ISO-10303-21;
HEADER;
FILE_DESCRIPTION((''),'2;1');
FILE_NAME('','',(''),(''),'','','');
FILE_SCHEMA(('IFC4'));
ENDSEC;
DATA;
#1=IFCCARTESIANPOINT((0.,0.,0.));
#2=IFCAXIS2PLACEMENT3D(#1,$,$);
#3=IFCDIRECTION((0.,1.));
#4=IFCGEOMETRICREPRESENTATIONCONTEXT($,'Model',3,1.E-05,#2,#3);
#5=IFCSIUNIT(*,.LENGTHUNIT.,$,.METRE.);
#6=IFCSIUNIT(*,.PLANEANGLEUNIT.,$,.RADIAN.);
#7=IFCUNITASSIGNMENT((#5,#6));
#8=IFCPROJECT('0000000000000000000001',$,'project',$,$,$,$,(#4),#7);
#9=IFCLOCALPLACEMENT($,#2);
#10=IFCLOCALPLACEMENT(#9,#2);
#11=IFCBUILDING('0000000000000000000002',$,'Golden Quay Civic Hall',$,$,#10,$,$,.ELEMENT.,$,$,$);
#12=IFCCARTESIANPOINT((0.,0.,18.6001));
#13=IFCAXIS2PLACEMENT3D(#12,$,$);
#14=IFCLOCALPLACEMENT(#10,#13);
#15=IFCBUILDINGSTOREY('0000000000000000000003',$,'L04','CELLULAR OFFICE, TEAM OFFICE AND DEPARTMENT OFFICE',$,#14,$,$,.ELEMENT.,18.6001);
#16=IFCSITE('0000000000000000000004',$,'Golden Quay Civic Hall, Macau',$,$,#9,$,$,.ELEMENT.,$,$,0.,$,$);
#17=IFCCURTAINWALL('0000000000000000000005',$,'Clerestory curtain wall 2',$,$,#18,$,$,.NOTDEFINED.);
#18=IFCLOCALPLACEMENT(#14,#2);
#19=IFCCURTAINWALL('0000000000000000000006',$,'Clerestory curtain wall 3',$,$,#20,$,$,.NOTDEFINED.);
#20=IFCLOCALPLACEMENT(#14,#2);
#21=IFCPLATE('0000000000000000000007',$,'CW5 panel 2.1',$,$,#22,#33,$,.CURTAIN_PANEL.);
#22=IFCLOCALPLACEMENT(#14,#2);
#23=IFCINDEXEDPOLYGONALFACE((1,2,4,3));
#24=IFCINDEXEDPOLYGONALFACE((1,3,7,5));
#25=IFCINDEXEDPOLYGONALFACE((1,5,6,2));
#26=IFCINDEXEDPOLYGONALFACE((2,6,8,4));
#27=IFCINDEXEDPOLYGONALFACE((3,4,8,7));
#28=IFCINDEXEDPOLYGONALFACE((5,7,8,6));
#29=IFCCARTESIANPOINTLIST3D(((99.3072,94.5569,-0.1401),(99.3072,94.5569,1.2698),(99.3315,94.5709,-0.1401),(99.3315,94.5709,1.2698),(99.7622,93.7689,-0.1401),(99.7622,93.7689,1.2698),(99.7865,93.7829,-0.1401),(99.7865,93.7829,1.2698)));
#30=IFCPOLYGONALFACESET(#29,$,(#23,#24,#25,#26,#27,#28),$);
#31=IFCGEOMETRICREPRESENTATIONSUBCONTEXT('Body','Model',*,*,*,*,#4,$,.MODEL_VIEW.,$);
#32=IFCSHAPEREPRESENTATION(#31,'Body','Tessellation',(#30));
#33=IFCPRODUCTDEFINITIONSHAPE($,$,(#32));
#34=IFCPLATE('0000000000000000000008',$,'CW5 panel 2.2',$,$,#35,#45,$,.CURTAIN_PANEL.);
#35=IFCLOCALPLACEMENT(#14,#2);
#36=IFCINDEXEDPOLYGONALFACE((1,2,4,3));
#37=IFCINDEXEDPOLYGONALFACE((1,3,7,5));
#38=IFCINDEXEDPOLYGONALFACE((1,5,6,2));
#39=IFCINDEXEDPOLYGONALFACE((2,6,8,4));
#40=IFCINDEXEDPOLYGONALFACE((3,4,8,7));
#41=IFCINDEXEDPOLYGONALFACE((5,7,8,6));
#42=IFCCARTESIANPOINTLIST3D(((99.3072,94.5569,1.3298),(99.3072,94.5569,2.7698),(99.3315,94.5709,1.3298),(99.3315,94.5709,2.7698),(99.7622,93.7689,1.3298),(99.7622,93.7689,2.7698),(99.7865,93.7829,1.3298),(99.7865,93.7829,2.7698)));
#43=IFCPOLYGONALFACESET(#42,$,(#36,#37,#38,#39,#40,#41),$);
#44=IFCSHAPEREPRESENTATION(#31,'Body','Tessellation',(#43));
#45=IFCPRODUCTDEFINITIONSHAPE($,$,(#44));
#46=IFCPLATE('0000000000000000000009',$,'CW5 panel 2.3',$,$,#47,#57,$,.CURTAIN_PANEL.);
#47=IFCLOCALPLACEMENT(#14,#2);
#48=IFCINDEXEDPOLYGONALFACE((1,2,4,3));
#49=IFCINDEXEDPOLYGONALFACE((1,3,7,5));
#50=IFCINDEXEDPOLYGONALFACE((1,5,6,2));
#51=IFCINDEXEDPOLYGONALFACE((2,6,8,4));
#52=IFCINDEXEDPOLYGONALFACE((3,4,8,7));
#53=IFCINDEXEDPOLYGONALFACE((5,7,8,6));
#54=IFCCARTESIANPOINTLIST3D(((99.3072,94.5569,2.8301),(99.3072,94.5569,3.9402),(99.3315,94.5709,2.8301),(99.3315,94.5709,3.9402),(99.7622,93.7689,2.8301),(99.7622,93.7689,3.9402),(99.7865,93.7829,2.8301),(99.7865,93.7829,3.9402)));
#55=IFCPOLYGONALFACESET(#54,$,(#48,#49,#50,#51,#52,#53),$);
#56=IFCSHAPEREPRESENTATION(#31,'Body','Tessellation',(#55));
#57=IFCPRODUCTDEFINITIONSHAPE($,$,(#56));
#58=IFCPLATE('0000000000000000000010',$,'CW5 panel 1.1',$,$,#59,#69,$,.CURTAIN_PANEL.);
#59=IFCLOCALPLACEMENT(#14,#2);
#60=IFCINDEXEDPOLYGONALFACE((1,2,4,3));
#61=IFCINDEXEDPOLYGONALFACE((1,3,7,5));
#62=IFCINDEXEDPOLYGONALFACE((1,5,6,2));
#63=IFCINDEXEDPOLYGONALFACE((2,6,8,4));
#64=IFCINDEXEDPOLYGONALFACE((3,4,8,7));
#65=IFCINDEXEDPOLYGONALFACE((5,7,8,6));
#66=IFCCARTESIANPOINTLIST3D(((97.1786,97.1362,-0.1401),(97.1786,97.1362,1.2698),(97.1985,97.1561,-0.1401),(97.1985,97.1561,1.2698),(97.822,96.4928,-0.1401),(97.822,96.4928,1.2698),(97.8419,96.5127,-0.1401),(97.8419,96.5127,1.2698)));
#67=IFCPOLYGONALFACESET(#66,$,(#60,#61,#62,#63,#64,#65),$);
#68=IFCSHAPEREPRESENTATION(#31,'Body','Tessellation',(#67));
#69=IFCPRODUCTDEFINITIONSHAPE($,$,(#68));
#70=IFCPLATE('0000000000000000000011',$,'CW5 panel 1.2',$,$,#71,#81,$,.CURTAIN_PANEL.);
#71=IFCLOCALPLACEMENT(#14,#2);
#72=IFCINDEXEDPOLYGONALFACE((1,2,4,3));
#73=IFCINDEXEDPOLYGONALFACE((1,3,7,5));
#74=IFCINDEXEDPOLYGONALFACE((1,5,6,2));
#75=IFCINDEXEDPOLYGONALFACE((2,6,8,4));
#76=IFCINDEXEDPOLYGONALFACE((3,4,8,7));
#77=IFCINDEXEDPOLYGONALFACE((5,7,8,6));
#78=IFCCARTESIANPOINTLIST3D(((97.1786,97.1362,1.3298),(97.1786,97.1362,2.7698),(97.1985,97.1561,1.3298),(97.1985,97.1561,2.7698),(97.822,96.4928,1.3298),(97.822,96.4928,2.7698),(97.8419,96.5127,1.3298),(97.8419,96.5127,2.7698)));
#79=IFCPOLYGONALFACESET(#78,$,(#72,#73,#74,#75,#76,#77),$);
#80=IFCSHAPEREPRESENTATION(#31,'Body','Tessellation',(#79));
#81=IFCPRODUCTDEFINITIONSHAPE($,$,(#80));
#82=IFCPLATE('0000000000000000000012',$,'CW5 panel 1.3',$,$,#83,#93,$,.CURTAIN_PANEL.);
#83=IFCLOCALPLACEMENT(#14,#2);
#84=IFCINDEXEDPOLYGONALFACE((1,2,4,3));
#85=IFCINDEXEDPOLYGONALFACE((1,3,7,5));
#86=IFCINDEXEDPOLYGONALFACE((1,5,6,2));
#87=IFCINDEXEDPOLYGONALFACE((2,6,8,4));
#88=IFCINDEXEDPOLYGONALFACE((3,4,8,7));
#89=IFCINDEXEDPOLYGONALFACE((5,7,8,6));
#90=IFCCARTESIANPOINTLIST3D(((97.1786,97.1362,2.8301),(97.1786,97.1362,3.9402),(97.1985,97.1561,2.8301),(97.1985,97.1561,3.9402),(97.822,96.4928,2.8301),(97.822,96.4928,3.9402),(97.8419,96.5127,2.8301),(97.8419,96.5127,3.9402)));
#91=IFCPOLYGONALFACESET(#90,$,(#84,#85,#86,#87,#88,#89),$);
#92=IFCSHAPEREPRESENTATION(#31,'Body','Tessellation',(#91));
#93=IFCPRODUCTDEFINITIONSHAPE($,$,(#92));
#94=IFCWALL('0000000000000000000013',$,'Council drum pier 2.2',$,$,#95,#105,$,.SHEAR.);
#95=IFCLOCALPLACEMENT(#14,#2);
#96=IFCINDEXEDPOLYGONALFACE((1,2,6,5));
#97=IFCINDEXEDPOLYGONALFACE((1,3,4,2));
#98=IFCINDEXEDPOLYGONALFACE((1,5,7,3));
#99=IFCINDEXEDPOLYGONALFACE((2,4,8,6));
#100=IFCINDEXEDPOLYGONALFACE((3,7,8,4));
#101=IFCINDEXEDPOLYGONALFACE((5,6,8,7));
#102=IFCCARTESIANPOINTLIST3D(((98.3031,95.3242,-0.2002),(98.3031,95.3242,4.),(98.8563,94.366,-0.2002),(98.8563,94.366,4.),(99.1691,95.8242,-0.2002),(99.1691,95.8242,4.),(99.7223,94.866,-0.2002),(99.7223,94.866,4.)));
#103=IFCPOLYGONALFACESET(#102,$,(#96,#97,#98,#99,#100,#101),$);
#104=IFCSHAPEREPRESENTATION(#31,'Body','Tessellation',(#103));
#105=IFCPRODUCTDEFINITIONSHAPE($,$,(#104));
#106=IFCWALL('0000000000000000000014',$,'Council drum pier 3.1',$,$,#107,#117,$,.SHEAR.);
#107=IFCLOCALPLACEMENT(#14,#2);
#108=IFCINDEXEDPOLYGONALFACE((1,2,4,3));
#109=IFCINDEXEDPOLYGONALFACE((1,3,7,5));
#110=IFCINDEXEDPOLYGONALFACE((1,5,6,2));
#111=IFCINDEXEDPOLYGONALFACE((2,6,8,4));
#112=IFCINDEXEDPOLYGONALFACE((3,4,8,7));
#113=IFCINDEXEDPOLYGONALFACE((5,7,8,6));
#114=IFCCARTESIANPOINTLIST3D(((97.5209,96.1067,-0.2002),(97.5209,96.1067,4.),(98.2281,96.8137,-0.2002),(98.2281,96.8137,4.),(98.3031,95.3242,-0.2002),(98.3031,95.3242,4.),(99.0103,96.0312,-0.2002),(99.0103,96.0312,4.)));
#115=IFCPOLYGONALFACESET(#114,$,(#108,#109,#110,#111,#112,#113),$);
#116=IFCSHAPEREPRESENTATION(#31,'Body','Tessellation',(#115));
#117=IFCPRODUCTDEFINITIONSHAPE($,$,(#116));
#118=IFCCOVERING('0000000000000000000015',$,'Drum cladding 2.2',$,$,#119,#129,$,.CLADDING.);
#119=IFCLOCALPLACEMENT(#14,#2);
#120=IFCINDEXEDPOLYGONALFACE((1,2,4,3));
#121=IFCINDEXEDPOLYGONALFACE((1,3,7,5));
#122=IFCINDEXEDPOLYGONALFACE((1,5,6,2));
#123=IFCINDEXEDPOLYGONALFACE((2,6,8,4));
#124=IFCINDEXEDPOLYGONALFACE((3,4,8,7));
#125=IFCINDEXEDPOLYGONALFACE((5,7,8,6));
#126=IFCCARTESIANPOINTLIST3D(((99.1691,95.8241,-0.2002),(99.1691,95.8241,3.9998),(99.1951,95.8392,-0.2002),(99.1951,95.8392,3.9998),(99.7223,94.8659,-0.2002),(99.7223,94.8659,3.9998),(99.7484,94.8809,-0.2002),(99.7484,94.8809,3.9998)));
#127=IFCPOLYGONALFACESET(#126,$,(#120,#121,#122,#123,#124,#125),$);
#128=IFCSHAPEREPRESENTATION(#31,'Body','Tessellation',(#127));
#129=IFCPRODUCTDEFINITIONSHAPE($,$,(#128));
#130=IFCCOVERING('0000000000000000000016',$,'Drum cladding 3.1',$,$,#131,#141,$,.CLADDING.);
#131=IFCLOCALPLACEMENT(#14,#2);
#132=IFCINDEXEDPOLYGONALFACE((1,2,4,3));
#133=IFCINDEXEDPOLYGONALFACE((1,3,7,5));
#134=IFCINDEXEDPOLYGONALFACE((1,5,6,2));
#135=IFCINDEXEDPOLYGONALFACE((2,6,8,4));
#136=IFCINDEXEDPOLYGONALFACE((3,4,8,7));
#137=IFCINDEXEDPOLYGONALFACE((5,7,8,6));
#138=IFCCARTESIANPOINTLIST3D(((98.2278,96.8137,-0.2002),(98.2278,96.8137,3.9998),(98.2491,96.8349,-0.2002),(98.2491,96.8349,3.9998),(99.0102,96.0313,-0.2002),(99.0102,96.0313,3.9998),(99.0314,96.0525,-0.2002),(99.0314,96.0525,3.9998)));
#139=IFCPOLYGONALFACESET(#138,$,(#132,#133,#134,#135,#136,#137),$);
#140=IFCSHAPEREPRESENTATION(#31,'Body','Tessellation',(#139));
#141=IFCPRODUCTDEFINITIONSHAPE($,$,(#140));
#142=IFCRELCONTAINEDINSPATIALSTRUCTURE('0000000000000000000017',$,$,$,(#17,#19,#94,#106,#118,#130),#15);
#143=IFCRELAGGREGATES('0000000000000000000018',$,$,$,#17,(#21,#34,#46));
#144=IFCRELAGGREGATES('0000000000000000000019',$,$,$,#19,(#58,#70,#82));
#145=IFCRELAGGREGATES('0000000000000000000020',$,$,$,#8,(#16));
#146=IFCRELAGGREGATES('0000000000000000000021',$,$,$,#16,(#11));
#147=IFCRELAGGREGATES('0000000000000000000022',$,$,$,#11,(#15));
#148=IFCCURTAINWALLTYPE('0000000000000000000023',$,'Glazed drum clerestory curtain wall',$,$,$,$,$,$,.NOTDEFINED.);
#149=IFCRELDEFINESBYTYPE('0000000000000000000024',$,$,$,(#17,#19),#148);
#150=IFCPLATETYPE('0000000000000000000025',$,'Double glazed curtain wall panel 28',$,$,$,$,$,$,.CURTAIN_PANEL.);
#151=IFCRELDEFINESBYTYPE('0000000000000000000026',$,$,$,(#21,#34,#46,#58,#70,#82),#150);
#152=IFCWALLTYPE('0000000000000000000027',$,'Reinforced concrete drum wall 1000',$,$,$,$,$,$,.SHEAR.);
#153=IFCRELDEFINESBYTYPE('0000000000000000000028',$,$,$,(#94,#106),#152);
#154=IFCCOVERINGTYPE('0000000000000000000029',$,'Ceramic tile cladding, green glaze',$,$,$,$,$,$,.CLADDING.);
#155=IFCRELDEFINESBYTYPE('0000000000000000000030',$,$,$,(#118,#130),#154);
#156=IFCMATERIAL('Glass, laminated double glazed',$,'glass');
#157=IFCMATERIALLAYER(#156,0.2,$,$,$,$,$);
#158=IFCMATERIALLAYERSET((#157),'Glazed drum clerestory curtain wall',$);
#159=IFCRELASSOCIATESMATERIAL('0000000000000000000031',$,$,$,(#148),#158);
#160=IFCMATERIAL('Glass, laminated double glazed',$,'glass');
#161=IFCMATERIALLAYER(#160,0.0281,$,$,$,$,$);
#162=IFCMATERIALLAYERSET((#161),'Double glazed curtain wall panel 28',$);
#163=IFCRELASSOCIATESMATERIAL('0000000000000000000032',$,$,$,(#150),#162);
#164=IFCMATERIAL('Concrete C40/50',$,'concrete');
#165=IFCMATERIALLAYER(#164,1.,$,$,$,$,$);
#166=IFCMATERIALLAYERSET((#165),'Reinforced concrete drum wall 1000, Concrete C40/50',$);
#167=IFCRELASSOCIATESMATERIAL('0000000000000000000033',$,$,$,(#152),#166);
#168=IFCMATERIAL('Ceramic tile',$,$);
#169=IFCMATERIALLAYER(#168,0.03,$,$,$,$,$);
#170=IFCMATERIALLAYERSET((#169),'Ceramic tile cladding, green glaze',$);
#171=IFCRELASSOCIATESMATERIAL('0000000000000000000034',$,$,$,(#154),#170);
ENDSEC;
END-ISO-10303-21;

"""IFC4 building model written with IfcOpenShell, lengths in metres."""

from ifc_helpers import new_model, si_unit, direction, frame, frame_2d, origin, origin_2d, place, context, subcontext, project, spatial, rectangle, extrude, material, layer, layer_set, type_object, element, aggregate, save


model = new_model("IFC4")

# Units and contexts
model_context = context("Model", 3, precision=1e-05, world=origin(), true_north=direction((0.0, 1.0)))
body_context = subcontext(model_context, "Body", "Model", "MODEL_VIEW")
ifc_project = project(units=[si_unit("LENGTHUNIT", "METRE"), si_unit("PLANEANGLEUNIT", "RADIAN")], contexts=[model_context])

# Site, building, storey
site_placement = place(None, origin())
site = spatial("IfcSite", under=ifc_project, at=site_placement, Name="Golden Quay Civic Hall, Macau", CompositionType="ELEMENT", RefElevation=0.0)
building_placement = place(site_placement, origin())
building = spatial("IfcBuilding", under=site, at=building_placement, Name="Golden Quay Civic Hall", CompositionType="ELEMENT")
storey_placement = place(building_placement, frame((0.0, 0.0, 18.6001)))
storey = spatial("IfcBuildingStorey", under=building, at=storey_placement, Name="L04", Description="CELLULAR OFFICE, TEAM OFFICE AND DEPARTMENT OFFICE", CompositionType="ELEMENT", Elevation=18.6001)

# Curtain wall
ifc_material_1 = material(Name="Glass, laminated double glazed", Category="glass")
ifc_layer_1 = layer(ifc_material_1, 0.2)
ifc_layer_set_1 = layer_set([ifc_layer_1], Name="Glazed drum clerestory curtain wall")
curtain_wall_type = type_object("IfcCurtainWallType", Name="Glazed drum clerestory curtain wall", PredefinedType="NOTDEFINED", material=ifc_layer_set_1)
curtain_wall_1_placement = place(storey_placement, origin())
curtain_wall_1 = element("IfcCurtainWall", 1, at=curtain_wall_1_placement, inside=storey, type_object=curtain_wall_type, Name="Clerestory curtain wall 2", PredefinedType="NOTDEFINED")

# Curtain wall
curtain_wall_2_placement = place(storey_placement, origin())
curtain_wall_2 = element("IfcCurtainWall", 2, at=curtain_wall_2_placement, inside=storey, type_object=curtain_wall_type, Name="Clerestory curtain wall 3", PredefinedType="NOTDEFINED")

# Plates
ifc_material_2 = material(Name="Glass, laminated double glazed", Category="glass")
ifc_layer_2 = layer(ifc_material_2, 0.0281)
ifc_layer_set_2 = layer_set([ifc_layer_2], Name="Double glazed curtain wall panel 28")
plate_type = type_object("IfcPlateType", Name="Double glazed curtain wall panel 28", PredefinedType="CURTAIN_PANEL", material=ifc_layer_set_2)
plate_1_placement = place(storey_placement, frame((99.5469, 94.1699, -0.1401), z_axis=(0.0, 0.0, 1.0), x_axis=(-0.500011, 0.866019, 0.0)))
plate_1 = element("IfcPlate", 3, at=plate_1_placement, type_object=plate_type, Name="CW5 panel 2.1", PredefinedType="CURTAIN_PANEL", context=body_context, shape_type="SweptSolid", body=[
    extrude(rectangle(XDim=0.9099, YDim=0.0281, at=origin_2d()), origin(), (0.0, 0.0, 1.0), 1.4099),
])
plate_2_placement = place(storey_placement, frame((99.5469, 94.1699, 1.3298), z_axis=(0.0, 0.0, 1.0), x_axis=(-0.500011, 0.866019, 0.0)))
plate_2 = element("IfcPlate", 4, at=plate_2_placement, type_object=plate_type, Name="CW5 panel 2.2", PredefinedType="CURTAIN_PANEL", context=body_context, shape_type="SweptSolid", body=[
    extrude(rectangle(XDim=0.9099, YDim=0.0281, at=origin_2d()), origin(), (0.0, 0.0, 1.0), 1.4399),
])
plate_3_placement = place(storey_placement, frame((99.5469, 94.1699, 2.8301), z_axis=(0.0, 0.0, 1.0), x_axis=(-0.500011, 0.866019, 0.0)))
plate_3 = element("IfcPlate", 5, at=plate_3_placement, type_object=plate_type, Name="CW5 panel 2.3", PredefinedType="CURTAIN_PANEL", context=body_context, shape_type="SweptSolid", body=[
    extrude(rectangle(XDim=0.9099, YDim=0.0281, at=origin_2d()), origin(), (0.0, 0.0, 1.0), 1.1101),
])
aggregate(curtain_wall_1, [plate_1, plate_2, plate_3])
plate_4_placement = place(storey_placement, frame((97.5103, 96.8245, -0.1401), z_axis=(0.0, 0.0, 1.0), x_axis=(-0.707107, 0.707107, 0.0)))
plate_4 = element("IfcPlate", 6, at=plate_4_placement, type_object=plate_type, Name="CW5 panel 1.1", PredefinedType="CURTAIN_PANEL", context=body_context, shape_type="SweptSolid", body=[
    extrude(rectangle(XDim=0.9099, YDim=0.0281, at=origin_2d()), origin(), (0.0, 0.0, 1.0), 1.4099),
])
plate_5_placement = place(storey_placement, frame((97.5103, 96.8245, 1.3298), z_axis=(0.0, 0.0, 1.0), x_axis=(-0.707107, 0.707107, 0.0)))
plate_5 = element("IfcPlate", 7, at=plate_5_placement, type_object=plate_type, Name="CW5 panel 1.2", PredefinedType="CURTAIN_PANEL", context=body_context, shape_type="SweptSolid", body=[
    extrude(rectangle(XDim=0.9099, YDim=0.0281, at=origin_2d()), origin(), (0.0, 0.0, 1.0), 1.4399),
])
plate_6_placement = place(storey_placement, frame((97.5103, 96.8245, 2.8301), z_axis=(0.0, 0.0, 1.0), x_axis=(-0.707107, 0.707107, 0.0)))
plate_6 = element("IfcPlate", 8, at=plate_6_placement, type_object=plate_type, Name="CW5 panel 1.3", PredefinedType="CURTAIN_PANEL", context=body_context, shape_type="SweptSolid", body=[
    extrude(rectangle(XDim=0.9099, YDim=0.0281, at=origin_2d()), origin(), (0.0, 0.0, 1.0), 1.1101),
])
aggregate(curtain_wall_2, [plate_4, plate_5, plate_6])

# Walls
ifc_material_3 = material(Name="Concrete C40/50", Category="concrete")
ifc_layer_3 = layer(ifc_material_3, 1.0)
ifc_layer_set_3 = layer_set([ifc_layer_3], Name="Reinforced concrete drum wall 1000, Concrete C40/50")
wall_type = type_object("IfcWallType", Name="Reinforced concrete drum wall 1000", PredefinedType="SHEAR", material=ifc_layer_set_3)
for number, where, z_axis, x_axis, name in (
    (9, (99.2893, 94.616, -0.2002), (0.0, 0.0, 1.0), (-0.499983, 0.866035, 0.0), "Council drum pier 2.2"),
    (10, (98.6567, 95.6777, -0.2002), (0.0, 0.0, 1.0), (-0.706996, 0.707217, 0.0), "Council drum pier 3.1"),
):
    element("IfcWall", number, at=place(storey_placement, frame(where, z_axis=z_axis, x_axis=x_axis)), inside=storey, type_object=wall_type, Name=name, PredefinedType="SHEAR", context=body_context, shape_type="SweptSolid", body=[
        extrude(rectangle(XDim=1.1064, YDim=1.0, at=frame_2d((0.5532, 0.0))), origin(), (0.0, 0.0, 1.0), 4.2002),
    ])

# Coverings
ifc_material_4 = material(Name="Ceramic tile")
ifc_layer_4 = layer(ifc_material_4, 0.03)
ifc_layer_set_4 = layer_set([ifc_layer_4], Name="Ceramic tile cladding, green glaze")
covering_type = type_object("IfcCoveringType", Name="Ceramic tile cladding, green glaze", PredefinedType="CLADDING", material=ifc_layer_set_4)
for number, where, z_axis, x_axis, name in (
    (11, (99.4587, 95.3525, -0.2002), (0.0, 0.0, 1.0), (-0.5, 0.866025, 0.0), "Drum cladding 2.2"),
    (12, (98.6296, 96.4331, -0.2002), (0.0, 0.0, 1.0), (-0.707107, 0.707107, 0.0), "Drum cladding 3.1"),
):
    element("IfcCovering", number, at=place(storey_placement, frame(where, z_axis=z_axis, x_axis=x_axis)), inside=storey, type_object=covering_type, Name=name, PredefinedType="CLADDING", context=body_context, shape_type="SweptSolid", body=[
        extrude(rectangle(XDim=1.1064, YDim=0.03, at=origin_2d()), origin(), (0.0, 0.0, 1.0), 4.2),
    ])

save(model, "model.ifc")
